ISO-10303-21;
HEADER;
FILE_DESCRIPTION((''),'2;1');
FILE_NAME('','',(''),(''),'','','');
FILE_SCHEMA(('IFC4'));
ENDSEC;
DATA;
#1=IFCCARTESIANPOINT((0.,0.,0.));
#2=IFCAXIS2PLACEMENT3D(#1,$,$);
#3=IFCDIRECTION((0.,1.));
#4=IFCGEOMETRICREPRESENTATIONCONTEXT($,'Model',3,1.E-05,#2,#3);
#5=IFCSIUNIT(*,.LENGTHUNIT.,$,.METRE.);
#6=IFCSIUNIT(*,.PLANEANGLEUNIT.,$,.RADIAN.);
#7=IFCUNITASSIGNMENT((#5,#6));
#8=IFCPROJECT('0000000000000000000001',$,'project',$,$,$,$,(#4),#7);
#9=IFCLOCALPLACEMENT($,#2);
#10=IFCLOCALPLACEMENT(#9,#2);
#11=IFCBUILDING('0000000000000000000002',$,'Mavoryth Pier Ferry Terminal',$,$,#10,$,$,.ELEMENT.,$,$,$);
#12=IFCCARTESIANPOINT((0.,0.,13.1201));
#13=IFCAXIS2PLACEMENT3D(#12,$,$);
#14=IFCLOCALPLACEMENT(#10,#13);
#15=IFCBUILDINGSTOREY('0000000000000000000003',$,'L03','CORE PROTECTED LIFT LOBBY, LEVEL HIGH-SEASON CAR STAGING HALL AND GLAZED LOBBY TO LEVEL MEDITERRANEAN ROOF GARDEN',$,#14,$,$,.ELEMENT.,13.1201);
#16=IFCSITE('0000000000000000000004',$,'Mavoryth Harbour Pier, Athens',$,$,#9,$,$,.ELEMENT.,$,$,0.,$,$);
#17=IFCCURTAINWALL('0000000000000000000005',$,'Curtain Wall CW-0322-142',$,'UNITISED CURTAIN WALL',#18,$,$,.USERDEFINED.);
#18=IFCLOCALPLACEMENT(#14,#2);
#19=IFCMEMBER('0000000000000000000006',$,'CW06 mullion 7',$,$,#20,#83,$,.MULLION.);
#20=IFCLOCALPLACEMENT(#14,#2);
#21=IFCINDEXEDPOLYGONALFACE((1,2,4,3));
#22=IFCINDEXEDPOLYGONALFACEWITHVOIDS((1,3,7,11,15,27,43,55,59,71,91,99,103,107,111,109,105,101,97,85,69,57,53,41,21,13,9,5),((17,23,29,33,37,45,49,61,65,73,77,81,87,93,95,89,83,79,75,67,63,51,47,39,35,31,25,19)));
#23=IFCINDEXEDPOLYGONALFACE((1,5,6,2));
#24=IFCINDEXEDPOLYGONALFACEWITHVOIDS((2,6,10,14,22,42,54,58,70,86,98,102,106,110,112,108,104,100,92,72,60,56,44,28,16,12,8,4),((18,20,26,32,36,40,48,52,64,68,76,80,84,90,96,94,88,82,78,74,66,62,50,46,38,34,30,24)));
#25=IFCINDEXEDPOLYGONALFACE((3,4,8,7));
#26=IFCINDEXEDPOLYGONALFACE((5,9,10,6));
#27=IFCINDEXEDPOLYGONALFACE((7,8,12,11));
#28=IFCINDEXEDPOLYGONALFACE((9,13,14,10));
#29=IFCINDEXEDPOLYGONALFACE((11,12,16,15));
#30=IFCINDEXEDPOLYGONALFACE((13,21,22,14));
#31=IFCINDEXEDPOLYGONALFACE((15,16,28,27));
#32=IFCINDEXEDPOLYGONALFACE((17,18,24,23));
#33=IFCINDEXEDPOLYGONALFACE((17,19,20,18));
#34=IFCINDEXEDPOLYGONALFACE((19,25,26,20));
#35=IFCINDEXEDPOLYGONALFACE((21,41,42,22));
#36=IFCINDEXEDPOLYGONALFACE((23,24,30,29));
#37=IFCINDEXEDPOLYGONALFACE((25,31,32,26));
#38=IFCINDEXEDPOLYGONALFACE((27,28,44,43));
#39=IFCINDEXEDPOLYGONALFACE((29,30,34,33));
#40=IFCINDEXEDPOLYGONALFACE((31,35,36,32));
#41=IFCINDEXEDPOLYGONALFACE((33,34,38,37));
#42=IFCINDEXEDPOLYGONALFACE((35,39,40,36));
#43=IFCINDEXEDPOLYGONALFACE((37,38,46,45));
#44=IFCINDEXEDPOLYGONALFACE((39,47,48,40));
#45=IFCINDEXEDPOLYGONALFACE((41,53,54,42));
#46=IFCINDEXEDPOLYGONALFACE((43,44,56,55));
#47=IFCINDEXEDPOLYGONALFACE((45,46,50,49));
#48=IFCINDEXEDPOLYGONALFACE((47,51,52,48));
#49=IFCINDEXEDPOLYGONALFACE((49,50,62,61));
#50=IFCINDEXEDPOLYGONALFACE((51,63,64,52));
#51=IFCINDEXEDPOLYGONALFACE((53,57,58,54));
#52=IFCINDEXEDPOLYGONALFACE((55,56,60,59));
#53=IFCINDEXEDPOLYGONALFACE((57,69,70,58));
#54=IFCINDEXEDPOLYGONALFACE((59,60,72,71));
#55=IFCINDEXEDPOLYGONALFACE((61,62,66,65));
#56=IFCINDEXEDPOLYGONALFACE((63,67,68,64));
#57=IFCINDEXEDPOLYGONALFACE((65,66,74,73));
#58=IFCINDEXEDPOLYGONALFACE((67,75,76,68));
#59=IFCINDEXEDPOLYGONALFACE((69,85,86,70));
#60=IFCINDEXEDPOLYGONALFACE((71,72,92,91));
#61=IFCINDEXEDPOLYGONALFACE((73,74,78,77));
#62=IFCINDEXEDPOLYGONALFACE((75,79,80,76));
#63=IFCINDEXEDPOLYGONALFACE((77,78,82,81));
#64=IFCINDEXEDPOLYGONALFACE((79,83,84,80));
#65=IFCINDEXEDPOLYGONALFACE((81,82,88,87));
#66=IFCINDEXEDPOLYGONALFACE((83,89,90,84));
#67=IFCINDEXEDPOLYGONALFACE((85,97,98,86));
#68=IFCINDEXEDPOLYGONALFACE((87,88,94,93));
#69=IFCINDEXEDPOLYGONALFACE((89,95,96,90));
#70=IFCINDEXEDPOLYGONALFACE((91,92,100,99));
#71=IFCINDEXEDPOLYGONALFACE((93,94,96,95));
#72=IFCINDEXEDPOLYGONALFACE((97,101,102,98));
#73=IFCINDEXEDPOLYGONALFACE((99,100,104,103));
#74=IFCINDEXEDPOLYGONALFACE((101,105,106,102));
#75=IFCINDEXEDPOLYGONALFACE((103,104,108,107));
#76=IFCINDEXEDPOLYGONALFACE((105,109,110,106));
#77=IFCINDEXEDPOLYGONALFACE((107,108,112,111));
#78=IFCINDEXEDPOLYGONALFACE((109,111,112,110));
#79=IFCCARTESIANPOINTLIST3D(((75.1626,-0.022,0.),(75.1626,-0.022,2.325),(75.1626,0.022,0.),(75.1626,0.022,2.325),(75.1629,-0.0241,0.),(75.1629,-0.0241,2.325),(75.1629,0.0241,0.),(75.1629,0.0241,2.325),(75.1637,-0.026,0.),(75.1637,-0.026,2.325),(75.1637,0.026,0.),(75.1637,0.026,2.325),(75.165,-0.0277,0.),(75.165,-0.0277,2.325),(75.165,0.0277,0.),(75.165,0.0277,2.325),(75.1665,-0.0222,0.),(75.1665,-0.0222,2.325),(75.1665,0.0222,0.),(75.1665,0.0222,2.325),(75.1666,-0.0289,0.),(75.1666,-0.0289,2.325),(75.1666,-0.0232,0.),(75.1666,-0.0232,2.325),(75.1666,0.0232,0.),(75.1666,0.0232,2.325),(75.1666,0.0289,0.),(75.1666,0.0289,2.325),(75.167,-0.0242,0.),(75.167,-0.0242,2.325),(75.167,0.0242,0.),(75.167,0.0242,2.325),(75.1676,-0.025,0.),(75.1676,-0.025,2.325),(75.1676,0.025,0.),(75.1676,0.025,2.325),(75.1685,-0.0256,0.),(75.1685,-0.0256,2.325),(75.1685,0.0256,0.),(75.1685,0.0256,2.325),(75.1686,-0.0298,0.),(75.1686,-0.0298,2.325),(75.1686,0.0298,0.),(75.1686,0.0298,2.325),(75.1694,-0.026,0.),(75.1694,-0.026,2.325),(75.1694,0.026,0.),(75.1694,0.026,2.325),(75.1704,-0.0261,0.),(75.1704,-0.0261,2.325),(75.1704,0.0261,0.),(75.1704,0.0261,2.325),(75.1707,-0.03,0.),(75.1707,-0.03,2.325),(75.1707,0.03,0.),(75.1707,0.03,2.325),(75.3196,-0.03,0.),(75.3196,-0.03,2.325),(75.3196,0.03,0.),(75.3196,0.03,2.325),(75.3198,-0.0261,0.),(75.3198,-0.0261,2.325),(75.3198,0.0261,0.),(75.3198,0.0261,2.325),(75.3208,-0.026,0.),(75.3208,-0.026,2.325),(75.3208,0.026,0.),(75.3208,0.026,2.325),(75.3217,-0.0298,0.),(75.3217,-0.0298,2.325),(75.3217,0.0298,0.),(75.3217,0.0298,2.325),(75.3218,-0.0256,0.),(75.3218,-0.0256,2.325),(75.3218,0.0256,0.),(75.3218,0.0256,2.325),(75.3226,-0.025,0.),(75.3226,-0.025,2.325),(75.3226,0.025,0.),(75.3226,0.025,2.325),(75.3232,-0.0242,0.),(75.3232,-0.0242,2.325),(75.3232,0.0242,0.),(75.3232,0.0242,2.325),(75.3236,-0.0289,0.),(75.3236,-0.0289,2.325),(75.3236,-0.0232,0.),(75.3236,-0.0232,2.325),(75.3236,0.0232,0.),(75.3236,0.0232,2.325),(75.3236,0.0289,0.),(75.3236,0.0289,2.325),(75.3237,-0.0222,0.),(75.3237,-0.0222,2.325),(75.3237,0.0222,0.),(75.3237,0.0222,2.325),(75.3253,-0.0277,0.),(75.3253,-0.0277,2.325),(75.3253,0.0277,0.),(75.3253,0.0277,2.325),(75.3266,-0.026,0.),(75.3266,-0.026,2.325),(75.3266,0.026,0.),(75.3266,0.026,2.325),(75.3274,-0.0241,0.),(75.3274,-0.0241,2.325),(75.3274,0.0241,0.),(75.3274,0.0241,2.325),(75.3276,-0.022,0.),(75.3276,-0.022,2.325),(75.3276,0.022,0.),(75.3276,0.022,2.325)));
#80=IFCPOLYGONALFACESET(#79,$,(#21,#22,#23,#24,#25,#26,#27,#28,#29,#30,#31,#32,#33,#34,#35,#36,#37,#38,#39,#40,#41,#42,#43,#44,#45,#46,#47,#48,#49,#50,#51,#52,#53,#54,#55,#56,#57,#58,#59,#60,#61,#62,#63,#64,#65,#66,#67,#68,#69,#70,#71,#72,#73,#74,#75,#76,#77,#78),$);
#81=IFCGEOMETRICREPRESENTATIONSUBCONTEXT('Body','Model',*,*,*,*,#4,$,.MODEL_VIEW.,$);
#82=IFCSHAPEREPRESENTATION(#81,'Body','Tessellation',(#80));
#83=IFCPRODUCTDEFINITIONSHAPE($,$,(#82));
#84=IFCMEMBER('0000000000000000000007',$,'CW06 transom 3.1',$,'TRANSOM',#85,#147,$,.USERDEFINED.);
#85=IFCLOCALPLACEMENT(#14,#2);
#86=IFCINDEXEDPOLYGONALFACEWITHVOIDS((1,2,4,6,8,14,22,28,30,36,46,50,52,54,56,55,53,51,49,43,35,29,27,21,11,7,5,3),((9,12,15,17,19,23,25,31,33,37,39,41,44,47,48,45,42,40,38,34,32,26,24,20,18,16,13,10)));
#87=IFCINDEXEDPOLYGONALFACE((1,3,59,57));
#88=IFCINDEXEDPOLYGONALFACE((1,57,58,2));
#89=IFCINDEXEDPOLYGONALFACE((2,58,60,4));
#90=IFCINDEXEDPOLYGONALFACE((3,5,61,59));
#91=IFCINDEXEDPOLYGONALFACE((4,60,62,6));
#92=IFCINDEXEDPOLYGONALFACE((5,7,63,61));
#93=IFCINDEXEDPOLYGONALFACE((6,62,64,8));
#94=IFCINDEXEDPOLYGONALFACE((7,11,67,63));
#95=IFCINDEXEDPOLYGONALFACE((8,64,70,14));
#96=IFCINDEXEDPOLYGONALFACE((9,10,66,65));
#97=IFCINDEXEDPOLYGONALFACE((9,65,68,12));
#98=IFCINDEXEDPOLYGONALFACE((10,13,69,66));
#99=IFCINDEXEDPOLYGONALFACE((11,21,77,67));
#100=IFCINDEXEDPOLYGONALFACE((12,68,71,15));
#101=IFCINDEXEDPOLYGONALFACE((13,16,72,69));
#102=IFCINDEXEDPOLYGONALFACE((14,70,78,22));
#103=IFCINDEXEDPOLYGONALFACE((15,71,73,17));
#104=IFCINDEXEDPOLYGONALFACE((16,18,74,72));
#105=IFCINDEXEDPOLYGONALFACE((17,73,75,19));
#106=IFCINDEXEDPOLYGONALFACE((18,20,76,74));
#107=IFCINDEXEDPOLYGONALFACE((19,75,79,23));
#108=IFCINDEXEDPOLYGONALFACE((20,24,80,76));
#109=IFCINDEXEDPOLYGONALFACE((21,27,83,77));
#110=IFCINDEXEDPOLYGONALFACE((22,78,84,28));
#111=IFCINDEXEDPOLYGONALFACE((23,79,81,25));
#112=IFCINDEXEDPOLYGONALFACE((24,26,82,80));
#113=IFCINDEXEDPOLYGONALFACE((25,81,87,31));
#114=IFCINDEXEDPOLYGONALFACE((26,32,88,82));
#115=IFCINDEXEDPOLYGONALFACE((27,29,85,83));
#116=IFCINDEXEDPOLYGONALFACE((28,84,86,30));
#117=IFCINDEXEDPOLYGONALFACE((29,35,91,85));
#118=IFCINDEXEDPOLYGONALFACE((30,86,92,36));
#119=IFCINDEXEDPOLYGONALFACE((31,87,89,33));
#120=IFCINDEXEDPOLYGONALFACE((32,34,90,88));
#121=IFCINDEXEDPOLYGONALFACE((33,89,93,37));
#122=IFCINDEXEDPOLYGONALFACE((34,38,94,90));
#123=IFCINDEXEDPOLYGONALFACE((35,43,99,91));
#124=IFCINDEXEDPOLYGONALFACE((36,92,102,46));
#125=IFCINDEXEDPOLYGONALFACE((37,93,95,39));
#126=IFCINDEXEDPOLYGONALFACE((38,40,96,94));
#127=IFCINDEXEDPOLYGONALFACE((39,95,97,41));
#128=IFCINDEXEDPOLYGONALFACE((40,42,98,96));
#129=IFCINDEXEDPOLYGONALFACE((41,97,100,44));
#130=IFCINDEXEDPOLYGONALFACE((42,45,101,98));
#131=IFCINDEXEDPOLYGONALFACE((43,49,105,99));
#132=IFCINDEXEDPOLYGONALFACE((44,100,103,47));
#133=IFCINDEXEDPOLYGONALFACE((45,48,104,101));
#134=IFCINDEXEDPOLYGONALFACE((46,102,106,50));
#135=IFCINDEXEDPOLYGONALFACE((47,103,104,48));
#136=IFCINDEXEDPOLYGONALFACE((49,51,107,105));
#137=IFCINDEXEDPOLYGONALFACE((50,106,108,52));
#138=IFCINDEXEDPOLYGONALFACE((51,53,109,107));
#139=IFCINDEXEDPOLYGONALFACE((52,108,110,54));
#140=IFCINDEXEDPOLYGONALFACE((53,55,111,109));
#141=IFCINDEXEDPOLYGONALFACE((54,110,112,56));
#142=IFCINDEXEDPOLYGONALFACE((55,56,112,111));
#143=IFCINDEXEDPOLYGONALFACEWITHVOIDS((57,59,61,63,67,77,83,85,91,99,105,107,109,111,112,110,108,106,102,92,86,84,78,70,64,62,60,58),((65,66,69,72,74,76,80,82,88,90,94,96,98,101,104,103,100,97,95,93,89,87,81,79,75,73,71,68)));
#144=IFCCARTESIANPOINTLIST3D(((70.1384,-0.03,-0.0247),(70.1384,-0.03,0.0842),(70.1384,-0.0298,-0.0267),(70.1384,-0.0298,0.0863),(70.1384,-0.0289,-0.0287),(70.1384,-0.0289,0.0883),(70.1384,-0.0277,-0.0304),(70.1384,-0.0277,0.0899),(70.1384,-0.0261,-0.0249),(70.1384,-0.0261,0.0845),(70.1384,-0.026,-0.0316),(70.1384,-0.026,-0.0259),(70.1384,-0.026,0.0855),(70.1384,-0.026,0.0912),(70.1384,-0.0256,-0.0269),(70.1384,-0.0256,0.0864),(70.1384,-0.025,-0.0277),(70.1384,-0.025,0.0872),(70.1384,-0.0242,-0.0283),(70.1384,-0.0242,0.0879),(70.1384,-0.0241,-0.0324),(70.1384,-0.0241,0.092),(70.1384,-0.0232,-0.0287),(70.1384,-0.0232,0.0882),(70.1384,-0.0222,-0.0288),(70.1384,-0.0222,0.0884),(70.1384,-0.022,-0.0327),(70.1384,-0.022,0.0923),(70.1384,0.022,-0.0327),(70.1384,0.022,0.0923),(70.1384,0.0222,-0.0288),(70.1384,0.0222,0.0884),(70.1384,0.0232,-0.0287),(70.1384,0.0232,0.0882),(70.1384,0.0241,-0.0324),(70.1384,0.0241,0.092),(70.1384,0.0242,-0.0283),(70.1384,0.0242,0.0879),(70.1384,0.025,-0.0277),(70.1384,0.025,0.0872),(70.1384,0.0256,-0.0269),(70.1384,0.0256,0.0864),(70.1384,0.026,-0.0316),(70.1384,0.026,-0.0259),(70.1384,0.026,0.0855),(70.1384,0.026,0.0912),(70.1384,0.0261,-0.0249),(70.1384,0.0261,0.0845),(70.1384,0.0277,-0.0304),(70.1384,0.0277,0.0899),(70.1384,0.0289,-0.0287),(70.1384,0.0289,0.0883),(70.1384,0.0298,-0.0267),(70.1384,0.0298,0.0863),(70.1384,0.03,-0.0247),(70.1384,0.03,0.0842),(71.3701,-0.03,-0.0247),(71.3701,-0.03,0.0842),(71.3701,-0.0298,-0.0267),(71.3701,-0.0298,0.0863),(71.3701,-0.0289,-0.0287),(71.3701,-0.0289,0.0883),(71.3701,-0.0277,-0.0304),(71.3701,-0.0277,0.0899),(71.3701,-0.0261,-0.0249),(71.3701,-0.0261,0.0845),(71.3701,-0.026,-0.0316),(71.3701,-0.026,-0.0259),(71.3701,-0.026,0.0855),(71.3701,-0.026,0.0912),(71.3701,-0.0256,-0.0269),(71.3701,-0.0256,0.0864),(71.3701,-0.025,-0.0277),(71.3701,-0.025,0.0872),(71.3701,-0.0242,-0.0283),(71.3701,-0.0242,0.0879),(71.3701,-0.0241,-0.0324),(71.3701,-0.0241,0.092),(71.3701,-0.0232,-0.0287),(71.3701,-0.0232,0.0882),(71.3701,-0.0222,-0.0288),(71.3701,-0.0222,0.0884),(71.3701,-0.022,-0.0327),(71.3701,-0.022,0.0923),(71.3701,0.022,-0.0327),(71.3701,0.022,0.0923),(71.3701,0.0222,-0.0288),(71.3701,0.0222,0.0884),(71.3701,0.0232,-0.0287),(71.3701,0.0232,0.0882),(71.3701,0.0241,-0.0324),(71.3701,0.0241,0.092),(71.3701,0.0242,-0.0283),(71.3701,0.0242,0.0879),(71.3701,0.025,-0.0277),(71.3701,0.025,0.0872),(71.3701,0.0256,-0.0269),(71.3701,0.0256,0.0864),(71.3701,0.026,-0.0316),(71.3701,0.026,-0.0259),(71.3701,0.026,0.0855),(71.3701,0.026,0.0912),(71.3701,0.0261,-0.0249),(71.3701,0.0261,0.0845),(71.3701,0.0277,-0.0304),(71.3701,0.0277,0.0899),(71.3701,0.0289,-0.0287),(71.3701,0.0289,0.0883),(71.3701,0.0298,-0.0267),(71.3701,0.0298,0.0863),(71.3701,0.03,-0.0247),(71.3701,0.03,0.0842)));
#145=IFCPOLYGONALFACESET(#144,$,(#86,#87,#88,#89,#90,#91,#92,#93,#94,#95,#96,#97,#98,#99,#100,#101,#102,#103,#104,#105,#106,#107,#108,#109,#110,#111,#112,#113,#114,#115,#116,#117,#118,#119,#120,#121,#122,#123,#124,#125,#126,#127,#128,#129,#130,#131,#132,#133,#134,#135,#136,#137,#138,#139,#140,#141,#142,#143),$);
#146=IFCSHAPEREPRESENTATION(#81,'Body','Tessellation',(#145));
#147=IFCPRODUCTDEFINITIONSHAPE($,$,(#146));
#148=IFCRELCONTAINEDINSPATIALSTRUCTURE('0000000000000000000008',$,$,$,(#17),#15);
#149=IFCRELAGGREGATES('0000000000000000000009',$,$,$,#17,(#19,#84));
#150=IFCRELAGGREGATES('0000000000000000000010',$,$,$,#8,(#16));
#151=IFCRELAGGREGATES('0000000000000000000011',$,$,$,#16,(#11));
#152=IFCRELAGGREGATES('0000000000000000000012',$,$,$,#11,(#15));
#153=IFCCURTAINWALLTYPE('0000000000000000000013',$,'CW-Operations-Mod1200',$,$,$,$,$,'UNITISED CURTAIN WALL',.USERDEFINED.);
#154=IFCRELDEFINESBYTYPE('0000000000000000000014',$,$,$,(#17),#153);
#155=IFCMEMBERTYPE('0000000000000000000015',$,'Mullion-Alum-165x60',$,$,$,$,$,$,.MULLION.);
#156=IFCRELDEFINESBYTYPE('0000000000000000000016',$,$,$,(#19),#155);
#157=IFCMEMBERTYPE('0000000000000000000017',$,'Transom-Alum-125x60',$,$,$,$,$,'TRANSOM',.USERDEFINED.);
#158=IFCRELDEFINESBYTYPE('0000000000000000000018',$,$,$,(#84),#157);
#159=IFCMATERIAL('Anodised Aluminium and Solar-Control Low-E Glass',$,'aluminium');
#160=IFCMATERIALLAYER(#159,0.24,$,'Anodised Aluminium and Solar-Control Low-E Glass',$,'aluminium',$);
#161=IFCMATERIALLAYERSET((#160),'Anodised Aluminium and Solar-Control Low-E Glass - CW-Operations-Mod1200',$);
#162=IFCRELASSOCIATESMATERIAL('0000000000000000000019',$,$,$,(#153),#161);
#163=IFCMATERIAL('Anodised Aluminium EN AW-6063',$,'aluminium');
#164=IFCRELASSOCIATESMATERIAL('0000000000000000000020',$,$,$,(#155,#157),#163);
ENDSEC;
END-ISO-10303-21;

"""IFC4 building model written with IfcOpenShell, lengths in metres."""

from ifc_helpers import new_model, si_unit, direction, frame, origin, origin_2d, place, context, subcontext, project, spatial, hollow_rectangle, extrude, material, layer, layer_set, material_profile, profile_set, type_object, element, aggregate, save


model = new_model("IFC4")

# Units and contexts
model_context = context("Model", 3, precision=1e-05, world=origin(), true_north=direction((0.0, 1.0)))
body_context = subcontext(model_context, "Body", "Model", "MODEL_VIEW")
ifc_project = project(units=[si_unit("LENGTHUNIT", "METRE"), si_unit("PLANEANGLEUNIT", "RADIAN")], contexts=[model_context])

# Site, building, storey
site_placement = place(None, origin())
site = spatial("IfcSite", under=ifc_project, at=site_placement, Name="Mavoryth Harbour Pier, Athens", CompositionType="ELEMENT", RefElevation=0.0)
building_placement = place(site_placement, origin())
building = spatial("IfcBuilding", under=site, at=building_placement, Name="Mavoryth Pier Ferry Terminal", CompositionType="ELEMENT")
storey_placement = place(building_placement, frame((0.0, 0.0, 13.1201)))
storey = spatial("IfcBuildingStorey", under=building, at=storey_placement, Name="L03", Description="CORE PROTECTED LIFT LOBBY, LEVEL HIGH-SEASON CAR STAGING HALL AND GLAZED LOBBY TO LEVEL MEDITERRANEAN ROOF GARDEN", CompositionType="ELEMENT", Elevation=13.1201)

# Curtain wall, members
ifc_material_1 = material(Name="Anodised Aluminium and Solar-Control Low-E Glass", Category="aluminium")
ifc_layer_1 = layer(ifc_material_1, 0.24, Name="Anodised Aluminium and Solar-Control Low-E Glass", Category="aluminium")
ifc_layer_set_1 = layer_set([ifc_layer_1], Name="Anodised Aluminium and Solar-Control Low-E Glass - CW-Operations-Mod1200")
curtain_wall_type = type_object("IfcCurtainWallType", Name="CW-Operations-Mod1200", ElementType="UNITISED CURTAIN WALL", PredefinedType="USERDEFINED", material=ifc_layer_set_1)
curtain_wall_placement = place(storey_placement, origin())
curtain_wall = element("IfcCurtainWall", 1, at=curtain_wall_placement, inside=storey, type_object=curtain_wall_type, Name="Curtain Wall CW-0322-142", ObjectType="UNITISED CURTAIN WALL", PredefinedType="USERDEFINED")
ifc_material_2 = material(Name="Anodised Aluminium EN AW-6063", Category="aluminium")
ifc_material_profile_1 = material_profile(ifc_material_2, hollow_rectangle(XDim=0.0601, YDim=0.165, WallThickness=0.0039, InnerFilletRadius=0.0039, OuterFilletRadius=0.0081, at=origin_2d()), Name="AL-MULL 165x60x4", Category="aluminium")
ifc_profile_set_1 = profile_set([ifc_material_profile_1], Name="Anodised Aluminium EN AW-6063 - AL-MULL 165x60x4")
member_type_1 = type_object("IfcMemberType", Name="Mullion-Alum-165x60", PredefinedType="MULLION", material=ifc_profile_set_1)
member_1_placement = place(storey_placement, frame((75.2451, 0.0, 0.0), z_axis=(0.0, 0.0, 1.0), x_axis=(0.0, 1.0, 0.0)))
member_1 = element("IfcMember", 2, at=member_1_placement, type_object=member_type_1, Name="CW06 mullion 7", PredefinedType="MULLION", context=body_context, shape_type="SweptSolid", body=[
    extrude(hollow_rectangle(XDim=0.0601, YDim=0.165, WallThickness=0.0039, InnerFilletRadius=0.0039, OuterFilletRadius=0.0081, at=origin_2d()), origin(), (0.0, 0.0, 1.0), 2.325),
])
ifc_material_profile_2 = material_profile(ifc_material_2, hollow_rectangle(XDim=0.0601, YDim=0.125, WallThickness=0.0039, InnerFilletRadius=0.0039, OuterFilletRadius=0.0081, at=origin_2d()), Name="AL-TRAN 125x60x4", Category="aluminium")
ifc_profile_set_2 = profile_set([ifc_material_profile_2], Name="Anodised Aluminium EN AW-6063 - AL-TRAN 125x60x4")
member_type_2 = type_object("IfcMemberType", Name="Transom-Alum-125x60", ElementType="TRANSOM", PredefinedType="USERDEFINED", material=ifc_profile_set_2)
member_2_placement = place(storey_placement, frame((70.1384, 0.0, 0.0298), z_axis=(1.0, 0.0, 0.0), x_axis=(0.0, 1.0, 0.0)))
member_2 = element("IfcMember", 3, at=member_2_placement, type_object=member_type_2, Name="CW06 transom 3.1", ObjectType="TRANSOM", PredefinedType="USERDEFINED", context=body_context, shape_type="SweptSolid", body=[
    extrude(hollow_rectangle(XDim=0.0601, YDim=0.125, WallThickness=0.0039, InnerFilletRadius=0.0039, OuterFilletRadius=0.0081, at=origin_2d()), origin(), (0.0, 0.0, 1.0), 1.2317),
])
aggregate(curtain_wall, [member_1, member_2])

save(model, "model.ifc")
